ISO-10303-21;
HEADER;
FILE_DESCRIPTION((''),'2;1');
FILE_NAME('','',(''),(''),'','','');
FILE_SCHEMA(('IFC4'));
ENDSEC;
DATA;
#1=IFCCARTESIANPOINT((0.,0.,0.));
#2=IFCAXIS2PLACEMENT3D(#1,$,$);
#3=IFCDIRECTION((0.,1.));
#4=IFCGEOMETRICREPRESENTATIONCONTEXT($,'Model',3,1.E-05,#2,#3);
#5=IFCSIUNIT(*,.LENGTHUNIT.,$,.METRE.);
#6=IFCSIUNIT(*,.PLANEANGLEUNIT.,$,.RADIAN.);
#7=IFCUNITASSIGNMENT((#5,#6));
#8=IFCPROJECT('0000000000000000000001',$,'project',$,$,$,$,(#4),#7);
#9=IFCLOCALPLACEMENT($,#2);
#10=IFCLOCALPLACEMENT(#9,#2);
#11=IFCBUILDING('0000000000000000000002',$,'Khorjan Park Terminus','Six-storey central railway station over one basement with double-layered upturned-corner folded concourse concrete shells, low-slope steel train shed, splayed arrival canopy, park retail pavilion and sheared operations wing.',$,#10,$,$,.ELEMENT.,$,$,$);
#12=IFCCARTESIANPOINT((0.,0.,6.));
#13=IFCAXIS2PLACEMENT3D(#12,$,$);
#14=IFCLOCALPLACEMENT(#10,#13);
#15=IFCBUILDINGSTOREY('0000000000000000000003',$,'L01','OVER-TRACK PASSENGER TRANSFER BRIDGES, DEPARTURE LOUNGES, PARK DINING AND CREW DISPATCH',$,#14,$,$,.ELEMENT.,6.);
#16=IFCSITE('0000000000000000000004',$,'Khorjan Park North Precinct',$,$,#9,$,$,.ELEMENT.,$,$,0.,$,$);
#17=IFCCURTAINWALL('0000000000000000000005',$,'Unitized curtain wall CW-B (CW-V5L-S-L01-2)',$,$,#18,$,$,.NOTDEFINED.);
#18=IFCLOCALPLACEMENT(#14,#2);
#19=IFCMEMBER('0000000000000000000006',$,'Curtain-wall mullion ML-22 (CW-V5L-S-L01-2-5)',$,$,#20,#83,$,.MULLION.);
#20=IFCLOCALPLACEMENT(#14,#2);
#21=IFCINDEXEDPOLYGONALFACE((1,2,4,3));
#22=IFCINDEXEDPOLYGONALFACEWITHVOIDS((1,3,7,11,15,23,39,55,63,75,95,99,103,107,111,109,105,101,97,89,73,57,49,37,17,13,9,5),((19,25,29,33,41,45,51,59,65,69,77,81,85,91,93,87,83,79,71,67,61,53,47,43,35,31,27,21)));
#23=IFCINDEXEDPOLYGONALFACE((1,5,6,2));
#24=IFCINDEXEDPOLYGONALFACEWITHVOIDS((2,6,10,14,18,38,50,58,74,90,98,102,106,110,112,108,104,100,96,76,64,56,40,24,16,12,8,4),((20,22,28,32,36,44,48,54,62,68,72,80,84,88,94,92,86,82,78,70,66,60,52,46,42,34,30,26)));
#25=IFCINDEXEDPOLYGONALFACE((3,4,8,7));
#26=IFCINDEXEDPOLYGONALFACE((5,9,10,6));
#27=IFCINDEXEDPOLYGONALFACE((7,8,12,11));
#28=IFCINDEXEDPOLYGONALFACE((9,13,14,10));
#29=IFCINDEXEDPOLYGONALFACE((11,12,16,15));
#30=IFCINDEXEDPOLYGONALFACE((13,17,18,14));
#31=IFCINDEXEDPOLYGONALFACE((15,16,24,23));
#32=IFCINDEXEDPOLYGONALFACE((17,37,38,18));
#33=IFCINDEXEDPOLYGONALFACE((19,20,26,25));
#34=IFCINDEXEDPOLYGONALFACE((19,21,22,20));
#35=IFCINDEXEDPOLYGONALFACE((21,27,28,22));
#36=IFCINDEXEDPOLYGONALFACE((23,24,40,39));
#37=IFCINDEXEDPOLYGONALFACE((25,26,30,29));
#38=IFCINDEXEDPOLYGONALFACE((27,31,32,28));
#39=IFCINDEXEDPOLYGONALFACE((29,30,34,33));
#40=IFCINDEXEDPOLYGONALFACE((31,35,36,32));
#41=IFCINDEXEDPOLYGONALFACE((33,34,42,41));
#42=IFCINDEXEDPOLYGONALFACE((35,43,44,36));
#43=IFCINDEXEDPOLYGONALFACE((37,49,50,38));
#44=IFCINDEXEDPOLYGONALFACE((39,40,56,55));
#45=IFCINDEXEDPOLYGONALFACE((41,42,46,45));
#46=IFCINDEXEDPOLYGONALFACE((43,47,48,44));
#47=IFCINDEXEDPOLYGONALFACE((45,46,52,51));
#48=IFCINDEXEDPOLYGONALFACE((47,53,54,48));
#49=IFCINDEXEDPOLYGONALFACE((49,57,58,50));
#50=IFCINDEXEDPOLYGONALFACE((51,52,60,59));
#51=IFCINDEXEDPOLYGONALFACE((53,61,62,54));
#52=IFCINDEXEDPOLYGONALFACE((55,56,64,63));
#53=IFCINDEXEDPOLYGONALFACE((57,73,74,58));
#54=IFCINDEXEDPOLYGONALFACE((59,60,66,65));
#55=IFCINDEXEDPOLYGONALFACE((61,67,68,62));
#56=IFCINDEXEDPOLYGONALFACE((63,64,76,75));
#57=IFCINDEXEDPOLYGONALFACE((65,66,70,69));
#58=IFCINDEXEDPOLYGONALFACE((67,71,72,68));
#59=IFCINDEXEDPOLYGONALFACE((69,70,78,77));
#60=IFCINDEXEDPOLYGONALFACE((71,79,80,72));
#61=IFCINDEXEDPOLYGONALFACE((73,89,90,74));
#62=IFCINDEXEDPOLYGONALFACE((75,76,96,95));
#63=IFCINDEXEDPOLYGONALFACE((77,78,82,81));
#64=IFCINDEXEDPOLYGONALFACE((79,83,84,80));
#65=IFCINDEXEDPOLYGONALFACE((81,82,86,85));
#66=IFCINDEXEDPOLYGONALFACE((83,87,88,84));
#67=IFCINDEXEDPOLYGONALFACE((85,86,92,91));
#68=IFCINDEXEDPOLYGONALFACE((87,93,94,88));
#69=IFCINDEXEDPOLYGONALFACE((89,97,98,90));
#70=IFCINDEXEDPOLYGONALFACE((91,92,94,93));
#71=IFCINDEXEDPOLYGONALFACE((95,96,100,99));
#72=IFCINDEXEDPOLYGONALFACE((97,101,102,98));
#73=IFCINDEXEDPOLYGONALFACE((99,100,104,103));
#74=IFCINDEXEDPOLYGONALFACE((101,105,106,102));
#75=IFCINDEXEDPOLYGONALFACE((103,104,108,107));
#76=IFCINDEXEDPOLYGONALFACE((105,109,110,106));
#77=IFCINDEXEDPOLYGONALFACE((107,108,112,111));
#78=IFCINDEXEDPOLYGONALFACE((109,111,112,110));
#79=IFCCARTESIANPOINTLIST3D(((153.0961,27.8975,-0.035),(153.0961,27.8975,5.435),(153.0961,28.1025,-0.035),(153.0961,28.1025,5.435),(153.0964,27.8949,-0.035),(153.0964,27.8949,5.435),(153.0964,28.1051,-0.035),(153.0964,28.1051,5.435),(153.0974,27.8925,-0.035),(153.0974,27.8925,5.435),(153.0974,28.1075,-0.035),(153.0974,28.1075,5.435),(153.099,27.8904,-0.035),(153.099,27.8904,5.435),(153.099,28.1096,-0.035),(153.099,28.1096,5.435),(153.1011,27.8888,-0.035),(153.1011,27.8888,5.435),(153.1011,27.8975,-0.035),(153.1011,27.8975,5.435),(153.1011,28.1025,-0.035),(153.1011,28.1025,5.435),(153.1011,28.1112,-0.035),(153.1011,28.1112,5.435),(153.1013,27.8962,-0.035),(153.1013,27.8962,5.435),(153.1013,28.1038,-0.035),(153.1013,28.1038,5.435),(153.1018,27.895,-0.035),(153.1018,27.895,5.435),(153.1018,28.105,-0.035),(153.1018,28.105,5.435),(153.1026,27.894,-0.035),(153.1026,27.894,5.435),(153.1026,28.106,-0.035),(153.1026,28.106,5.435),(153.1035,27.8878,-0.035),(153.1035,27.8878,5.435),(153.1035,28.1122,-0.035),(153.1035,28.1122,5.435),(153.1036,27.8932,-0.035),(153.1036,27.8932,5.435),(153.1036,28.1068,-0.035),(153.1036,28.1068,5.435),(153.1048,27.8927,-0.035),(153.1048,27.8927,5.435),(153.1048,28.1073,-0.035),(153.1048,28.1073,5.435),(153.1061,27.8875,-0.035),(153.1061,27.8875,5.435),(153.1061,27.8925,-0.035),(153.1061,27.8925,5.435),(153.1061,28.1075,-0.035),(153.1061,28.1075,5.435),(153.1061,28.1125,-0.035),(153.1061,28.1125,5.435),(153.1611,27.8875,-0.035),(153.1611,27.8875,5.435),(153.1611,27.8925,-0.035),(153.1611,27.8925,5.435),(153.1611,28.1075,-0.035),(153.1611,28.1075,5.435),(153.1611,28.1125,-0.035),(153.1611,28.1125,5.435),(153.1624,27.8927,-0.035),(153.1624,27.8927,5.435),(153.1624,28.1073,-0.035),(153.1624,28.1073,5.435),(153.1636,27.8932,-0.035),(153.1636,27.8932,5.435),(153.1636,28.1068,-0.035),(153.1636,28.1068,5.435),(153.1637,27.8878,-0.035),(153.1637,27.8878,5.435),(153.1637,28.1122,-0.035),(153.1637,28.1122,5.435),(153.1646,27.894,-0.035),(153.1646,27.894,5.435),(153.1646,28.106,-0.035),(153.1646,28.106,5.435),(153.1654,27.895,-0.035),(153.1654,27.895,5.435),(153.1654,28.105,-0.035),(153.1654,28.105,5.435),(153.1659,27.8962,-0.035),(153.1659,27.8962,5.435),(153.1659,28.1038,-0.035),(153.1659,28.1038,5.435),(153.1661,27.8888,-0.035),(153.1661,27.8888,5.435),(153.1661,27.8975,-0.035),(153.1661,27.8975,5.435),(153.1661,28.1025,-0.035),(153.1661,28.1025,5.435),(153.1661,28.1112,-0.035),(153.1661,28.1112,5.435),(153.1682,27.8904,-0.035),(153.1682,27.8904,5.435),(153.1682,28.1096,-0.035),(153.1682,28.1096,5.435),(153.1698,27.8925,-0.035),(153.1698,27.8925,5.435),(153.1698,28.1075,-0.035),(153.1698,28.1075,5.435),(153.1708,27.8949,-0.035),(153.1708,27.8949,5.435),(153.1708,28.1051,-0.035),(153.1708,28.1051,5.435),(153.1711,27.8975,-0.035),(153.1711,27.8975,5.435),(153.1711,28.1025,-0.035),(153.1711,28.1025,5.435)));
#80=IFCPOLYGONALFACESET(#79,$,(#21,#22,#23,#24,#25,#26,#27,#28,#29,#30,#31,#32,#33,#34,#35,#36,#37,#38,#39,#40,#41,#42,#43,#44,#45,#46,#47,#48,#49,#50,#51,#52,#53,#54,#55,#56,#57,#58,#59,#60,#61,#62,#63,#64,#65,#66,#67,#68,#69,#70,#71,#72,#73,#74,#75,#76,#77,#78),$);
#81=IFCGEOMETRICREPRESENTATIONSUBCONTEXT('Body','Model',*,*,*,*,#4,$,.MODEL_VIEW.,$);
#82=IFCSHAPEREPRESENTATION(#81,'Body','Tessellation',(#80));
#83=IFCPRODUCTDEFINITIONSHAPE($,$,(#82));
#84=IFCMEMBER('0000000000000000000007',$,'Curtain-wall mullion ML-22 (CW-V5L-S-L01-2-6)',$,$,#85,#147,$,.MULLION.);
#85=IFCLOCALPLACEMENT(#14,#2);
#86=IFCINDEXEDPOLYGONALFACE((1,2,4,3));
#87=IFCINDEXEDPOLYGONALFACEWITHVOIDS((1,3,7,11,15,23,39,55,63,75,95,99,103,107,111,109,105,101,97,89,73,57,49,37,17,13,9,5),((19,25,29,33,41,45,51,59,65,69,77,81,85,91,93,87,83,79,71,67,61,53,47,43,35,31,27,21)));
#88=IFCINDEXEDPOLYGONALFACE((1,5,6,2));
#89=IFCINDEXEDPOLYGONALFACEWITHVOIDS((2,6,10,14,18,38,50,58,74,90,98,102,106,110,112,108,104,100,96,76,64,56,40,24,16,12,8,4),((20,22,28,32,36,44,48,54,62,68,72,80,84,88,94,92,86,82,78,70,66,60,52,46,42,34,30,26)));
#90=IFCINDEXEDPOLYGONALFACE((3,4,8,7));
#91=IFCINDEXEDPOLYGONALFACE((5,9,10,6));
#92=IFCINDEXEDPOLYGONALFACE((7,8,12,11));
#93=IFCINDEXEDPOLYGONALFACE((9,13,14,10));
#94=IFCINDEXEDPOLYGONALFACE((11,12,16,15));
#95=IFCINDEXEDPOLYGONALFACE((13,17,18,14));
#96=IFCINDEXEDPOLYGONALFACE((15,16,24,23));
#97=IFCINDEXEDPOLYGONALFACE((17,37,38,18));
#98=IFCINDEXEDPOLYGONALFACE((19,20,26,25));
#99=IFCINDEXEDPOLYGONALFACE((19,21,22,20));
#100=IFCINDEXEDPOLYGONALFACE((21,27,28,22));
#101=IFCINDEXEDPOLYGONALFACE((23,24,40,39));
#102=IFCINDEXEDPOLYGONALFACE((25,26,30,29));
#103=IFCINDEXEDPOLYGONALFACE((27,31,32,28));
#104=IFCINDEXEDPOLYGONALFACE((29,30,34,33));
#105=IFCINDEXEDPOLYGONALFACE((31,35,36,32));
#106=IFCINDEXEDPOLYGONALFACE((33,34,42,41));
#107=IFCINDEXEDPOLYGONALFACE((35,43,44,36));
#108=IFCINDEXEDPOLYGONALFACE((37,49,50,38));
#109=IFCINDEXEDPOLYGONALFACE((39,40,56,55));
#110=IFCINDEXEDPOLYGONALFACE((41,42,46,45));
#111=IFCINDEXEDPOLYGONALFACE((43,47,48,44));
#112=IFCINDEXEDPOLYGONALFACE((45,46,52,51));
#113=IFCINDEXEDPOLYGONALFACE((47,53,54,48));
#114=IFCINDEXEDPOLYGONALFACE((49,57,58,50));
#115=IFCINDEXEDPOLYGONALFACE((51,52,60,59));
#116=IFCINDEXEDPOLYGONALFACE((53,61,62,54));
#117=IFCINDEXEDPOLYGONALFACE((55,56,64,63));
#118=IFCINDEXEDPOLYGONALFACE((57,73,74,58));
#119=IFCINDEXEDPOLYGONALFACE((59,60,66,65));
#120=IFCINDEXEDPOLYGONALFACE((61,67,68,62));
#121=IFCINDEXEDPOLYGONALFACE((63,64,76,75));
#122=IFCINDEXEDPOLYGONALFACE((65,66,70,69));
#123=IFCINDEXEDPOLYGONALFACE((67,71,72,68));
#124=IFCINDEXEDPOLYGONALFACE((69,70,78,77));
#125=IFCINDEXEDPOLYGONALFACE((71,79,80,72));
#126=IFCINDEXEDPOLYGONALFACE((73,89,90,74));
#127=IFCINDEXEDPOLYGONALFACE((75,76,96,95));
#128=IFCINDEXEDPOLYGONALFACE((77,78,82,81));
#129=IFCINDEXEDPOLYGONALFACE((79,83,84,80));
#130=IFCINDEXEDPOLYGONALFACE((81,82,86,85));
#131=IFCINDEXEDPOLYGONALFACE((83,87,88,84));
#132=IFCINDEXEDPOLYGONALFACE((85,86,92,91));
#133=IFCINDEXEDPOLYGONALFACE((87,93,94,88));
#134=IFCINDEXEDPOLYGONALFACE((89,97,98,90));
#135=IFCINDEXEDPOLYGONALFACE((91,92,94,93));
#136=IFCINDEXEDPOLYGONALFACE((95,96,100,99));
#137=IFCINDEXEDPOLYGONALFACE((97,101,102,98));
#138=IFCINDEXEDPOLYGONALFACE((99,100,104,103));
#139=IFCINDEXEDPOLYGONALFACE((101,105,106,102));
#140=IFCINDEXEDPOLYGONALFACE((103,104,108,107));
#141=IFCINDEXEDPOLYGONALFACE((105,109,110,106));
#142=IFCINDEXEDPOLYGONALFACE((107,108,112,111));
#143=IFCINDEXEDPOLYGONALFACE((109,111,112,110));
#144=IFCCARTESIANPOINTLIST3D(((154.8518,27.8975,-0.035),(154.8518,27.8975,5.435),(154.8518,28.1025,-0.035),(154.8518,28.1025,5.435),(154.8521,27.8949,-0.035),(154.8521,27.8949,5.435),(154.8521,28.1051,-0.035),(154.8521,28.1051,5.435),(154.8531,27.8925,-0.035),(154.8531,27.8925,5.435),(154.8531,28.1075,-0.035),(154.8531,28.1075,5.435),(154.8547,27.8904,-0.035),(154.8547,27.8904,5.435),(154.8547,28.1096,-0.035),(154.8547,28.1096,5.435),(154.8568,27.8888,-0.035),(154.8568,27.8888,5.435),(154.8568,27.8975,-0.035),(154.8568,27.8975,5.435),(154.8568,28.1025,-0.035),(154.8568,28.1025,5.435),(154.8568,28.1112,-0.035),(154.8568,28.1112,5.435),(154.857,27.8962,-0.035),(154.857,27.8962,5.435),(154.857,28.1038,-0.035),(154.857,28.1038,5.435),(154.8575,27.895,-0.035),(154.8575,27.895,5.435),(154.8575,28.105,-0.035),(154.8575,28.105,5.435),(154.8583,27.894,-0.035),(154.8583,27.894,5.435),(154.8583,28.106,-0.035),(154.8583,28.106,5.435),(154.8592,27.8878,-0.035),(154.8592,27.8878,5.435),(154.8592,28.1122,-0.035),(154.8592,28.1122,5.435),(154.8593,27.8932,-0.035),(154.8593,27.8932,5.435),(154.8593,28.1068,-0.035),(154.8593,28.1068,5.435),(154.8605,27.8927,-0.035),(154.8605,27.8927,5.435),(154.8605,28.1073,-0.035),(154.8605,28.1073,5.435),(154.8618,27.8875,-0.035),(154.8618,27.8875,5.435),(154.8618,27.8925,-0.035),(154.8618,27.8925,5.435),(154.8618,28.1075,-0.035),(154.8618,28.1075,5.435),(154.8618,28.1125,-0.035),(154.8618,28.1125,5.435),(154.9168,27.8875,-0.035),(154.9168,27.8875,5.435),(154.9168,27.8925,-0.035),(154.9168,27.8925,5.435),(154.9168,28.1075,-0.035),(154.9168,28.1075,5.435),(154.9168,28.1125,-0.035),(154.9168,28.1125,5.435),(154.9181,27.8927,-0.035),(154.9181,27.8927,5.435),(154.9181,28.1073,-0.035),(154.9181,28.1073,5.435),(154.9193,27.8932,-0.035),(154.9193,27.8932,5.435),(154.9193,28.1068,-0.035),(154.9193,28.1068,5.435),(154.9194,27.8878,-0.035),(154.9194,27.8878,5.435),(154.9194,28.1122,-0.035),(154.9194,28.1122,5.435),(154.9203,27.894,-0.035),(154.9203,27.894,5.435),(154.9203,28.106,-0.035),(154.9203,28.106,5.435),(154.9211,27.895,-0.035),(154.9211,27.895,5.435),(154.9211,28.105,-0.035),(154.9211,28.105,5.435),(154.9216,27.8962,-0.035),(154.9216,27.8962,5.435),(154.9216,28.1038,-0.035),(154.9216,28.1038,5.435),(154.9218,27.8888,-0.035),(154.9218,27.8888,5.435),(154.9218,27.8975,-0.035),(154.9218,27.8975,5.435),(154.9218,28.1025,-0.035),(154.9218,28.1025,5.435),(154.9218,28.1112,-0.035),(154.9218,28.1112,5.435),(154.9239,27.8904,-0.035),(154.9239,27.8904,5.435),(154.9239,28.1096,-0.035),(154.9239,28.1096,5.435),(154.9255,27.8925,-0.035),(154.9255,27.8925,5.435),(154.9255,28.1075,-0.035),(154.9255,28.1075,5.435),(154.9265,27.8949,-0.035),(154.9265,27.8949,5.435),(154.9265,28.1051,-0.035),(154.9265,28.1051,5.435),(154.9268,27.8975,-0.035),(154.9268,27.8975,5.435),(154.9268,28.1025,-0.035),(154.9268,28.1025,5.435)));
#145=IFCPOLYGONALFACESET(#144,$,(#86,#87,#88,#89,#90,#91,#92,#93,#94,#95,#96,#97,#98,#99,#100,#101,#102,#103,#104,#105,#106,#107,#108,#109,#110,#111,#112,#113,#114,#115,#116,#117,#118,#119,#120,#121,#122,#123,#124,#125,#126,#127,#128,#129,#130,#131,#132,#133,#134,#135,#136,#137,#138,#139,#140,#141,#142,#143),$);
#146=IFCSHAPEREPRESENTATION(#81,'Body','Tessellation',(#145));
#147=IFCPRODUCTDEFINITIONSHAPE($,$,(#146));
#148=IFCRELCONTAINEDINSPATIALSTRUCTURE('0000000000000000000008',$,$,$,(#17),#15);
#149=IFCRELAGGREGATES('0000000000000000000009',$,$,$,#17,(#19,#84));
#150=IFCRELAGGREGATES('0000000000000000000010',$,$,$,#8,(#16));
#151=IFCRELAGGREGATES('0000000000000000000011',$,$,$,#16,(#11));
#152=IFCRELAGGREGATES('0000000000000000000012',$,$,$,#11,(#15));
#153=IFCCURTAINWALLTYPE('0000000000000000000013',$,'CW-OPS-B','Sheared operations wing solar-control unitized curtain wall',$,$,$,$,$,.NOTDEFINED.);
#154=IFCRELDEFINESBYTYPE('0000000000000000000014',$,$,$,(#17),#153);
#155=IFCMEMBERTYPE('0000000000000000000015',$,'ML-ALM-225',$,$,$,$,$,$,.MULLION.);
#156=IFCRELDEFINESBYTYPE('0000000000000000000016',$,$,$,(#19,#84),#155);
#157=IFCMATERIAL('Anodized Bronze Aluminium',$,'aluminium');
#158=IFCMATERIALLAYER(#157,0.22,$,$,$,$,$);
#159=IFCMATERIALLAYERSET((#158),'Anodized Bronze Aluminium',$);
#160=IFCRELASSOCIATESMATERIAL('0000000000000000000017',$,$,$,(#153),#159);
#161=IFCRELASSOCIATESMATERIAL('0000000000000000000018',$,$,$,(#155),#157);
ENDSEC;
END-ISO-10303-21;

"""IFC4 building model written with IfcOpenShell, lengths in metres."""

from ifc_helpers import new_model, si_unit, direction, frame, origin, origin_2d, place, context, subcontext, project, spatial, hollow_rectangle, extrude, material, layer, layer_set, material_profile, profile_set, type_object, element, aggregate, save


model = new_model("IFC4")

# Units and contexts
model_context = context("Model", 3, precision=1e-05, world=origin(), true_north=direction((0.0, 1.0)))
body_context = subcontext(model_context, "Body", "Model", "MODEL_VIEW")
ifc_project = project(units=[si_unit("LENGTHUNIT", "METRE"), si_unit("PLANEANGLEUNIT", "RADIAN")], contexts=[model_context])

# Site, building, storey
site_placement = place(None, origin())
site = spatial("IfcSite", under=ifc_project, at=site_placement, Name="Khorjan Park North Precinct", CompositionType="ELEMENT", RefElevation=0.0)
building_placement = place(site_placement, origin())
building = spatial("IfcBuilding", under=site, at=building_placement, Name="Khorjan Park Terminus", Description="Six-storey central railway station over one basement with double-layered upturned-corner folded concourse concrete shells, low-slope steel train shed, splayed arrival canopy, park retail pavilion and sheared operations wing.", CompositionType="ELEMENT")
storey_placement = place(building_placement, frame((0.0, 0.0, 6.0)))
storey = spatial("IfcBuildingStorey", under=building, at=storey_placement, Name="L01", Description="OVER-TRACK PASSENGER TRANSFER BRIDGES, DEPARTURE LOUNGES, PARK DINING AND CREW DISPATCH", CompositionType="ELEMENT", Elevation=6.0)

# Curtain wall, members
ifc_material_1 = material(Name="Anodized Bronze Aluminium", Category="aluminium")
ifc_layer_1 = layer(ifc_material_1, 0.22)
ifc_layer_set_1 = layer_set([ifc_layer_1], Name="Anodized Bronze Aluminium")
curtain_wall_type = type_object("IfcCurtainWallType", Name="CW-OPS-B", Description="Sheared operations wing solar-control unitized curtain wall", PredefinedType="NOTDEFINED", material=ifc_layer_set_1)
curtain_wall_placement = place(storey_placement, origin())
curtain_wall = element("IfcCurtainWall", 1, at=curtain_wall_placement, inside=storey, type_object=curtain_wall_type, Name="Unitized curtain wall CW-B (CW-V5L-S-L01-2)", PredefinedType="NOTDEFINED")
ifc_material_profile_1 = material_profile(ifc_material_1, hollow_rectangle(XDim=0.075, YDim=0.225, WallThickness=0.005, InnerFilletRadius=0.005, OuterFilletRadius=0.01, at=origin_2d()), Name="ALM 75x225x5")
ifc_profile_set_1 = profile_set([ifc_material_profile_1], Name="Anodized Bronze Aluminium")
member_type_1 = type_object("IfcMemberType", Name="ML-ALM-225", PredefinedType="MULLION", material=ifc_profile_set_1)
member_1_placement = place(storey_placement, frame((153.1336, 28.0, -0.035), z_axis=(0.0, 0.0, 1.0), x_axis=(1.0, 0.0, 0.0)))
member_1 = element("IfcMember", 2, at=member_1_placement, type_object=member_type_1, Name="Curtain-wall mullion ML-22 (CW-V5L-S-L01-2-5)", PredefinedType="MULLION", context=body_context, shape_type="SweptSolid", body=[
    extrude(hollow_rectangle(XDim=0.075, YDim=0.225, WallThickness=0.005, InnerFilletRadius=0.005, OuterFilletRadius=0.01, at=origin_2d()), origin(), (0.0, 0.0, 1.0), 5.47),
])
member_2_placement = place(storey_placement, frame((154.8893, 28.0, -0.035), z_axis=(0.0, 0.0, 1.0), x_axis=(1.0, 0.0, 0.0)))
member_2 = element("IfcMember", 3, at=member_2_placement, type_object=member_type_1, Name="Curtain-wall mullion ML-22 (CW-V5L-S-L01-2-6)", PredefinedType="MULLION", context=body_context, shape_type="SweptSolid", body=[
    extrude(hollow_rectangle(XDim=0.075, YDim=0.225, WallThickness=0.005, InnerFilletRadius=0.005, OuterFilletRadius=0.01, at=origin_2d()), origin(), (0.0, 0.0, 1.0), 5.47),
])
aggregate(curtain_wall, [member_1, member_2])

save(model, "model.ifc")
